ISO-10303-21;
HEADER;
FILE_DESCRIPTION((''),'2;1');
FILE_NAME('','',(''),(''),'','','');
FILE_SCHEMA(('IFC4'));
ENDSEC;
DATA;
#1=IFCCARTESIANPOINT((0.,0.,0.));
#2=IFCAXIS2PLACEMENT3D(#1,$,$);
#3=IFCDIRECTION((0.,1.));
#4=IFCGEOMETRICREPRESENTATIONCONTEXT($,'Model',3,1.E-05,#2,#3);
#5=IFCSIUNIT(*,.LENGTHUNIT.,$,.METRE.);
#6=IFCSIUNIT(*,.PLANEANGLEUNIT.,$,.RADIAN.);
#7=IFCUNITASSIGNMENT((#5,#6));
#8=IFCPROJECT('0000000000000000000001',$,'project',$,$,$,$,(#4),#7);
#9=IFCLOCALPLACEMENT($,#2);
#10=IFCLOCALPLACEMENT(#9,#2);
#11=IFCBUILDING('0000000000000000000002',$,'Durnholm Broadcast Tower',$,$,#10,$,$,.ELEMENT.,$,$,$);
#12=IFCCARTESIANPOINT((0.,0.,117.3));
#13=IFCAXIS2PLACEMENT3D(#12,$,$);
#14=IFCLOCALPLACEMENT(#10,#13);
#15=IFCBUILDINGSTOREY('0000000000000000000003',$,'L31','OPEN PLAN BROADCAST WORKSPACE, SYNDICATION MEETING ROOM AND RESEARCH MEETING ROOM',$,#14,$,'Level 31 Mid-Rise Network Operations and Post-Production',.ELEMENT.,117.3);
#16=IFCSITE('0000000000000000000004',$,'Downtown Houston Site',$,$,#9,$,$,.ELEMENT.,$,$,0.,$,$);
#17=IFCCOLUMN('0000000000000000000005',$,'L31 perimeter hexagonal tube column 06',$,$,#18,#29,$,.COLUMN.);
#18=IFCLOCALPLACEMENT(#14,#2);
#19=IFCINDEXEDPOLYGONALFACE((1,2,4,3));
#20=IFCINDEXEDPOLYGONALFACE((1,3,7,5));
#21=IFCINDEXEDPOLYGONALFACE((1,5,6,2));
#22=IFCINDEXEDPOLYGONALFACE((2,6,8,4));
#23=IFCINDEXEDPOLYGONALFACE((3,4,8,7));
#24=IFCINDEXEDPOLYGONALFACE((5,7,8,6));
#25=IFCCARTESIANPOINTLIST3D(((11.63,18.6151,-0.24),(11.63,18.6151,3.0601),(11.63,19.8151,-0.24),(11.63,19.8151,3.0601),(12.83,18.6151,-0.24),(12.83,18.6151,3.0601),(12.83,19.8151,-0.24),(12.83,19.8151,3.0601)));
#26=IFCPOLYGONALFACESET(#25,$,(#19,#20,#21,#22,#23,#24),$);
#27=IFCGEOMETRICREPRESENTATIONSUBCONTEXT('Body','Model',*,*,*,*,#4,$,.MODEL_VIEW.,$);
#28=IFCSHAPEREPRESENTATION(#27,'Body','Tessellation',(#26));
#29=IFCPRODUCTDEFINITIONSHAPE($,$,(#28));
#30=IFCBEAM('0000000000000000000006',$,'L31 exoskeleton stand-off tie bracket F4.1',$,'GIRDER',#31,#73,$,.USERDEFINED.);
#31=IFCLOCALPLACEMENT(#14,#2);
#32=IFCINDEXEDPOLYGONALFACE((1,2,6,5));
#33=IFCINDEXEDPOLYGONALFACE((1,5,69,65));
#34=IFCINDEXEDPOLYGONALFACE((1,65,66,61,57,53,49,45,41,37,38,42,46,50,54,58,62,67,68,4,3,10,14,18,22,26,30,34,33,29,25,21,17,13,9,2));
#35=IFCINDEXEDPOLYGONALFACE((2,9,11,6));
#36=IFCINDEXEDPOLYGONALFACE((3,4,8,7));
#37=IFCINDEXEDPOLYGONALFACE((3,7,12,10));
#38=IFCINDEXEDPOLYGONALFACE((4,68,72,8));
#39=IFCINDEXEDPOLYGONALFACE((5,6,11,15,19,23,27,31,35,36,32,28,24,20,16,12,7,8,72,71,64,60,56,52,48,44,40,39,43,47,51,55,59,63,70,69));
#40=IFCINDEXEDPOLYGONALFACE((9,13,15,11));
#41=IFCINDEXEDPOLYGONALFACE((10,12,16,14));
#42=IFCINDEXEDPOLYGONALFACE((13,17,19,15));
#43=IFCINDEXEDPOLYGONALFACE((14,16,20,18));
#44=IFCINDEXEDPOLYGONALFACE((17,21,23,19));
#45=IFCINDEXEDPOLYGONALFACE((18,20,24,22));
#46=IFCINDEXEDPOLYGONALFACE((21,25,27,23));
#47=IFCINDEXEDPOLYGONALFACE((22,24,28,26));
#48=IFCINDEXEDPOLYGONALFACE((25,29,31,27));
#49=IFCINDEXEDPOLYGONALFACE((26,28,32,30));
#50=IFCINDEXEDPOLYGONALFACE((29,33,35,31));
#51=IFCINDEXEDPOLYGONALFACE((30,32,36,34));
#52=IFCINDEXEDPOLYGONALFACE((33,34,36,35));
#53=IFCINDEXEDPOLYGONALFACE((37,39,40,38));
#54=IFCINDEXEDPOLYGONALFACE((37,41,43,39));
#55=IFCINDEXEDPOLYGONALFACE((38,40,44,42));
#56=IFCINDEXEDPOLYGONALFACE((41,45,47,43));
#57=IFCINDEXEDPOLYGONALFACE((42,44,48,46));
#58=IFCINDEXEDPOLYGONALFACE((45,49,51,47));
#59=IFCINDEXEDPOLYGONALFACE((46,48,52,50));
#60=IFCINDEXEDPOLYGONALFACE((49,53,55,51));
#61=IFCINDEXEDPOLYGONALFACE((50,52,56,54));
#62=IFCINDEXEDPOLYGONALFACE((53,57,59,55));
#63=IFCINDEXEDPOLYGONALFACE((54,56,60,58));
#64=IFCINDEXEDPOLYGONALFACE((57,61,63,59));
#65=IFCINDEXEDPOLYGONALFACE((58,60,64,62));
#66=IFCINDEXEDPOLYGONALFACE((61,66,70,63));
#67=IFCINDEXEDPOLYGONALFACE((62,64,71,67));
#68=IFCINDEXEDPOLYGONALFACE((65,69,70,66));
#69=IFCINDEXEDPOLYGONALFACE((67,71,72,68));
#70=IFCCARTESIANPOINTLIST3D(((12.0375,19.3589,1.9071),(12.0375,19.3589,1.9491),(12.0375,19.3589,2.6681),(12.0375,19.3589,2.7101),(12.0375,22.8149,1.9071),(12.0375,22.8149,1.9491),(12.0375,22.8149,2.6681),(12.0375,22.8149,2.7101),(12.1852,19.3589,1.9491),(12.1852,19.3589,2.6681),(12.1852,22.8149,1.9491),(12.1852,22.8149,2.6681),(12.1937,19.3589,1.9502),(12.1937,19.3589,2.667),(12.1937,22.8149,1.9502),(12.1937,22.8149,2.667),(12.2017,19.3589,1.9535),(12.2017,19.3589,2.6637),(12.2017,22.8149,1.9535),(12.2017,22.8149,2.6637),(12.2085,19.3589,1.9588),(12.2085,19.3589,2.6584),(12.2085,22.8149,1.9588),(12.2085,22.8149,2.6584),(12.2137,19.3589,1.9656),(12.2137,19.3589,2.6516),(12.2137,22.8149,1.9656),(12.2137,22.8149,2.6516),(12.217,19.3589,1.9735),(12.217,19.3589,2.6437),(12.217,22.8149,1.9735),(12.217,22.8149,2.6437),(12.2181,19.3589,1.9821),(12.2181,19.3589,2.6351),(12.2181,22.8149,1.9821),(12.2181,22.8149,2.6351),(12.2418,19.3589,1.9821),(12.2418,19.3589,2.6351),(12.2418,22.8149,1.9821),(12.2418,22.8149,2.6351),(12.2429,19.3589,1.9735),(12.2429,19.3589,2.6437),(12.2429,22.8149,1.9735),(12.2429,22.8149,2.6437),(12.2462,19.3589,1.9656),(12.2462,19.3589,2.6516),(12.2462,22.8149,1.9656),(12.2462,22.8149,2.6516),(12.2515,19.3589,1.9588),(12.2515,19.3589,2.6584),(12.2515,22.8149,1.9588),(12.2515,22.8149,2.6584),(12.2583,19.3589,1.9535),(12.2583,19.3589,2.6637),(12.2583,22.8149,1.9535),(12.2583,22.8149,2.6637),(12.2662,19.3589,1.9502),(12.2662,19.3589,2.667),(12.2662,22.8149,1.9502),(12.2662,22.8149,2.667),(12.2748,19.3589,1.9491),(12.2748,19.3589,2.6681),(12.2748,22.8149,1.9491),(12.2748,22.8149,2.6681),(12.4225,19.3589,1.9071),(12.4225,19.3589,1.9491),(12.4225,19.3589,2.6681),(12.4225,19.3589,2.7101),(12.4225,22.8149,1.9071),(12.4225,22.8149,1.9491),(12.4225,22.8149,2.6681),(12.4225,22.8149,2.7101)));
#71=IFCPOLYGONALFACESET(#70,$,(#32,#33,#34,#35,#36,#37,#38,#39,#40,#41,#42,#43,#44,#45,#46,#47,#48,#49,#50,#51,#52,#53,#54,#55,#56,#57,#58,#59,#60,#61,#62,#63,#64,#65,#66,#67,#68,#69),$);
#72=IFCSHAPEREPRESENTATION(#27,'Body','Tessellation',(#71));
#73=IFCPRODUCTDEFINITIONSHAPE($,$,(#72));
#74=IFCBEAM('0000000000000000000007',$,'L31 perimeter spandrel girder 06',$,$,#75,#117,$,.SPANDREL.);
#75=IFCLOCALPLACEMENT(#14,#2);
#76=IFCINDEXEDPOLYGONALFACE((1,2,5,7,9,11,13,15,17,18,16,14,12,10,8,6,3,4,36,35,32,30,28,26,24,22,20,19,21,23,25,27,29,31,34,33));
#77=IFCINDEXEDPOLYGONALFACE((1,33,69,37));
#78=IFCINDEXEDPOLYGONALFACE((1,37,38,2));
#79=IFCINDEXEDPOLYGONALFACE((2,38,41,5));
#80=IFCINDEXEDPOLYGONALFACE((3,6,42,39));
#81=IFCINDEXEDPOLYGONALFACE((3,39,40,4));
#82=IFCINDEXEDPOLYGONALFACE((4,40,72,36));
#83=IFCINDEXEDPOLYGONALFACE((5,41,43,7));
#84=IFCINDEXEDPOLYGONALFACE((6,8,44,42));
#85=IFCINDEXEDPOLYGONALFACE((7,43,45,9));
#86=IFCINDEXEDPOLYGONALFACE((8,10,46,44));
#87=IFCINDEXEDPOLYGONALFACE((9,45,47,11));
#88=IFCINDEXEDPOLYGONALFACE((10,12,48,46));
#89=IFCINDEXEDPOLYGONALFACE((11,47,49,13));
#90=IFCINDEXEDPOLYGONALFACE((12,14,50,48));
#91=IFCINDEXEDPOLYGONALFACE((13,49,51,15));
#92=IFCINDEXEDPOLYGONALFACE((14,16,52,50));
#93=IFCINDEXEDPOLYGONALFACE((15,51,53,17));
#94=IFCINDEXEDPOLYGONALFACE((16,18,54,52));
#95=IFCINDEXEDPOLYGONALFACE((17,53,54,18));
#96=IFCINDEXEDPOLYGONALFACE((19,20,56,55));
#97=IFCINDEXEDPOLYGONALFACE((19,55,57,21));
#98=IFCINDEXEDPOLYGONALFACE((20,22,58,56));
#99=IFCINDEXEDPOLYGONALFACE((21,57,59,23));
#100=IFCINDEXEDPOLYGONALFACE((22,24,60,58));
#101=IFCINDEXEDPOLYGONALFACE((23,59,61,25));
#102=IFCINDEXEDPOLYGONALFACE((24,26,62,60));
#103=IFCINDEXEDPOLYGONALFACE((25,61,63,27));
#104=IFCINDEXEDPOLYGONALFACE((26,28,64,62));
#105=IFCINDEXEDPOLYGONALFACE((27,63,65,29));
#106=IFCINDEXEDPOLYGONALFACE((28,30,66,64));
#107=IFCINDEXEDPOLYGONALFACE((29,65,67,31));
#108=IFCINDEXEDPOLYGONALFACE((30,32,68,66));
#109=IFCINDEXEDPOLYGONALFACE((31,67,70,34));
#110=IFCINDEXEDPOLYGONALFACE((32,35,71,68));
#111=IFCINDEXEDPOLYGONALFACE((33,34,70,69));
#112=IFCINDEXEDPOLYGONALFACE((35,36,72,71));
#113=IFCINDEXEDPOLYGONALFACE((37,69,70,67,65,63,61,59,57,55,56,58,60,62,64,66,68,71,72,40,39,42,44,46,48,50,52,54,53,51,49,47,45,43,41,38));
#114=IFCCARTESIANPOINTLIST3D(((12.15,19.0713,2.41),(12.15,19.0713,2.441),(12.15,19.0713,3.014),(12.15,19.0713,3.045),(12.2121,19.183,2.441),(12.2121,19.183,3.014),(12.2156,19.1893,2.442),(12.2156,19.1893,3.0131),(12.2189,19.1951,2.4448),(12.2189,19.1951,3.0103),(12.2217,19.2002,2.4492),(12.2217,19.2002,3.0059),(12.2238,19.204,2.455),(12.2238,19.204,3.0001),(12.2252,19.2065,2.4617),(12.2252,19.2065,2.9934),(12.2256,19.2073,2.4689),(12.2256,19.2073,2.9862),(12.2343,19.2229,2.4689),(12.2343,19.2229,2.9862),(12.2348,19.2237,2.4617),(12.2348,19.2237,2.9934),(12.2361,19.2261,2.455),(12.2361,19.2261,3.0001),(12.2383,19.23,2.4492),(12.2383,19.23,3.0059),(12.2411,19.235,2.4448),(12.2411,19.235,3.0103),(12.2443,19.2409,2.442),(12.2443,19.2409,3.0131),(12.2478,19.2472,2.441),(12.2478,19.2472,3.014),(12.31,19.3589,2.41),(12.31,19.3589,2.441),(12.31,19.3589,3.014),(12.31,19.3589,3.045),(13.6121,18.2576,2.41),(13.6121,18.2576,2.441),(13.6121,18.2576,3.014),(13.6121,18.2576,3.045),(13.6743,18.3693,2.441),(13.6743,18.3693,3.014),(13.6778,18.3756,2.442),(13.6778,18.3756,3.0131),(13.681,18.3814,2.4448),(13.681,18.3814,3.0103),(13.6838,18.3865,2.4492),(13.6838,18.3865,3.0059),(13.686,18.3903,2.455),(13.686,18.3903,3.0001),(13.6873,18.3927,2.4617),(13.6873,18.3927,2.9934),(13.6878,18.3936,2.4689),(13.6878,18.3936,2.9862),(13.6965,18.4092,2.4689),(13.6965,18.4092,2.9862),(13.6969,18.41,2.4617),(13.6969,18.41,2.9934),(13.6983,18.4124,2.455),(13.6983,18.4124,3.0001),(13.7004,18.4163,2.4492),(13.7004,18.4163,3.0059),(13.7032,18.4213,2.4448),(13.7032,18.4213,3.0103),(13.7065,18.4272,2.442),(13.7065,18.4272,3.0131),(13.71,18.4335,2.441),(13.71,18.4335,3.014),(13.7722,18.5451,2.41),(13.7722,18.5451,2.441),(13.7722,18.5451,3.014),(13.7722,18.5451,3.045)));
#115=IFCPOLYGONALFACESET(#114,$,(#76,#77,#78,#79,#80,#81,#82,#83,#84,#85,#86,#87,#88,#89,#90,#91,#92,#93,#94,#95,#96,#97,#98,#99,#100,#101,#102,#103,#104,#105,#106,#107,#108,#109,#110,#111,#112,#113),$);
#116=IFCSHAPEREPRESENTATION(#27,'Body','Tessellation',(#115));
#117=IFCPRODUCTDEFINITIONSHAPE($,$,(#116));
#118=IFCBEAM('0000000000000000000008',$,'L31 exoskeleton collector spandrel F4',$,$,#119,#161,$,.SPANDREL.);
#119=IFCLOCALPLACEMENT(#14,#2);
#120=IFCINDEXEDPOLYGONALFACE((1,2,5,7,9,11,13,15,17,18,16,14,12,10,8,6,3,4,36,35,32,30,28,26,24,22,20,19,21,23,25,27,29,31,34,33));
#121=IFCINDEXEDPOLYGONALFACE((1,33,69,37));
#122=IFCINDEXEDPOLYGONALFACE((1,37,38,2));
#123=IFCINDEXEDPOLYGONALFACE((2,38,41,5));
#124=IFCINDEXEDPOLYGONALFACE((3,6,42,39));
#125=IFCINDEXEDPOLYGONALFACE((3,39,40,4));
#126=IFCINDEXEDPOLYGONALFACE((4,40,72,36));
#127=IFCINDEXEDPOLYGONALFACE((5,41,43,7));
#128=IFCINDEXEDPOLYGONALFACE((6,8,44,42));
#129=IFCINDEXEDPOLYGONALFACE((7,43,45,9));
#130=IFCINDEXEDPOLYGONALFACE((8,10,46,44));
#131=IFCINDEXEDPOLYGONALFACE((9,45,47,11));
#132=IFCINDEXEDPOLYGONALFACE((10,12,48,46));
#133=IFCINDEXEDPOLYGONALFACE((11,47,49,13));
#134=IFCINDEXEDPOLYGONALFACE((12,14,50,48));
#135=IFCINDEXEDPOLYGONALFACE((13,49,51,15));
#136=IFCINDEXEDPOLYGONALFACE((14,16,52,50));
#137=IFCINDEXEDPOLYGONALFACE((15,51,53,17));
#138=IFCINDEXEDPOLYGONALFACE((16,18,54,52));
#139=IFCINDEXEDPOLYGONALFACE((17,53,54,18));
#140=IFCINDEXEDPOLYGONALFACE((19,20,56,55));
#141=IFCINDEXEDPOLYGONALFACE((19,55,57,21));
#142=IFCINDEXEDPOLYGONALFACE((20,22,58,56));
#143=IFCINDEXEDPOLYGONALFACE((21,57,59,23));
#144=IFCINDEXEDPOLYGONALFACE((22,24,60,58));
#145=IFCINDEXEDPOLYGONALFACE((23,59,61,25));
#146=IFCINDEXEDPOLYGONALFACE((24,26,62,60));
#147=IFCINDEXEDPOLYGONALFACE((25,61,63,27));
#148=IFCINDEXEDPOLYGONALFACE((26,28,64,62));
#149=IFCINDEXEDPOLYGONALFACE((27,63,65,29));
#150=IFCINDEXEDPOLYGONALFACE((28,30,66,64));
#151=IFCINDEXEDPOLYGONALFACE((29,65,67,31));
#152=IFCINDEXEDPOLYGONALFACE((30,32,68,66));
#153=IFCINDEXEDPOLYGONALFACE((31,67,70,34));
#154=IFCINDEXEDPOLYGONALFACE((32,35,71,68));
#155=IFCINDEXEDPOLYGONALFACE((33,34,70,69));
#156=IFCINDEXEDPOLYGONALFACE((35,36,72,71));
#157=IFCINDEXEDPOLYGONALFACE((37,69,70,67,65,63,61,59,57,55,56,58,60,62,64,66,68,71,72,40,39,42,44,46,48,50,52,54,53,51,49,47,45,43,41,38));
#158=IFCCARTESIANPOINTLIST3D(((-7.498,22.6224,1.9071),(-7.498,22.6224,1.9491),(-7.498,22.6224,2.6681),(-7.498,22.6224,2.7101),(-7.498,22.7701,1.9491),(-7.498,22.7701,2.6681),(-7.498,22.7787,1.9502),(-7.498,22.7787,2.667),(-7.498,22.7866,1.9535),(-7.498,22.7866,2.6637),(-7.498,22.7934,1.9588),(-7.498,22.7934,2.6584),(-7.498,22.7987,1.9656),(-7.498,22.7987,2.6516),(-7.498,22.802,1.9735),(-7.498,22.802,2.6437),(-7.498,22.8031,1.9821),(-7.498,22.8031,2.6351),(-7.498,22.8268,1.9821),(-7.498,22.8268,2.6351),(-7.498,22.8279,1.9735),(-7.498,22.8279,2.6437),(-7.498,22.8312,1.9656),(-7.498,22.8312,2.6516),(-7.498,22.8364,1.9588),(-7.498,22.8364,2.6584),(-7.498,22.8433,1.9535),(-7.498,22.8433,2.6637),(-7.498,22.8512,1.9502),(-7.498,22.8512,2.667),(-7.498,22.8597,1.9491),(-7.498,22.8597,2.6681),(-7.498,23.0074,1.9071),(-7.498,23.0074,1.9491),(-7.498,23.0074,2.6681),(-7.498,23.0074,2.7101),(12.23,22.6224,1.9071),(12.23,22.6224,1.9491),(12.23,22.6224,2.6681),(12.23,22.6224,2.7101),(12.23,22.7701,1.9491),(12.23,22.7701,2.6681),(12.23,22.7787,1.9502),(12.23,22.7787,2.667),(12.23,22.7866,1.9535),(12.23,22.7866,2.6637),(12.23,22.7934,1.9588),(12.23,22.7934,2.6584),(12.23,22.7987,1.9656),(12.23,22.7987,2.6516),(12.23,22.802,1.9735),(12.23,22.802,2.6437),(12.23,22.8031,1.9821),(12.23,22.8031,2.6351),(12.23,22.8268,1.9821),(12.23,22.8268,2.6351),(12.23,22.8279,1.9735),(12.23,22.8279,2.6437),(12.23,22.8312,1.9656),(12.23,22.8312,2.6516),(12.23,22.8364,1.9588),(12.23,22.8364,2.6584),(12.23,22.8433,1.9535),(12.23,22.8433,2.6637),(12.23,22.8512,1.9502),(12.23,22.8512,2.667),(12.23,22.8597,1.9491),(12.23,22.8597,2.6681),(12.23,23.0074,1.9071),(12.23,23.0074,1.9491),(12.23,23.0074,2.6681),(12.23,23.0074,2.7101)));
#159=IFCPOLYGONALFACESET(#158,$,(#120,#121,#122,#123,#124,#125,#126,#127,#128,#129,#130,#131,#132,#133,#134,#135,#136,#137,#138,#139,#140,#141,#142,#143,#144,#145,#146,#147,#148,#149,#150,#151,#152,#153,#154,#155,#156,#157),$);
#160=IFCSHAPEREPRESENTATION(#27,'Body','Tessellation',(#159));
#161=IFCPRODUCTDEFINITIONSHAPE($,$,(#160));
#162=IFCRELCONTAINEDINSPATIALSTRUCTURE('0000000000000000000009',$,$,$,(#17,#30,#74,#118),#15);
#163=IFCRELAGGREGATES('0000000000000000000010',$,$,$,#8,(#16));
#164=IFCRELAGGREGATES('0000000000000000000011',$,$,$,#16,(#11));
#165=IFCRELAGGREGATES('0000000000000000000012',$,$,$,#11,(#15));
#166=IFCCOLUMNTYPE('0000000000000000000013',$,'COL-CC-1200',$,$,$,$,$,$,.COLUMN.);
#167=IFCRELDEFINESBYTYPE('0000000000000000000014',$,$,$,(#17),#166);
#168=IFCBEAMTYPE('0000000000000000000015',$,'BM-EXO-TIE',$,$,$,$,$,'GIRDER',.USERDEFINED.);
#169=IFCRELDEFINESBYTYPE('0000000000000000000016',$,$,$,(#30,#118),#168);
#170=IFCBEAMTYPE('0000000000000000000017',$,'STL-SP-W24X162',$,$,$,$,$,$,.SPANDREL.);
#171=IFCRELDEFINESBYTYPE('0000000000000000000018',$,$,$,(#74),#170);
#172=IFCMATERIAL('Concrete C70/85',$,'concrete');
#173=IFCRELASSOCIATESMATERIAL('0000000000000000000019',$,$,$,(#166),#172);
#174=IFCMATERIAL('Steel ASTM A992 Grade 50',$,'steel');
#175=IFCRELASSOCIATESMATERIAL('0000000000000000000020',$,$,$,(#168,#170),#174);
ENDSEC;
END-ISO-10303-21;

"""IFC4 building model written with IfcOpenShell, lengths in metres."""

from ifc_helpers import new_model, si_unit, direction, frame, origin, origin_2d, place, context, subcontext, project, spatial, rectangle, i_section, extrude, source, transform, mapped, material, material_profile, profile_set, type_object, type_shapes, element, save


model = new_model("IFC4")

# Units and contexts
model_context = context("Model", 3, precision=1e-05, world=origin(), true_north=direction((0.0, 1.0)))
body_context = subcontext(model_context, "Body", "Model", "MODEL_VIEW")
ifc_project = project(units=[si_unit("LENGTHUNIT", "METRE"), si_unit("PLANEANGLEUNIT", "RADIAN")], contexts=[model_context])

# Site, building, storey
site_placement = place(None, origin())
site = spatial("IfcSite", under=ifc_project, at=site_placement, Name="Downtown Houston Site", CompositionType="ELEMENT", RefElevation=0.0)
building_placement = place(site_placement, origin())
building = spatial("IfcBuilding", under=site, at=building_placement, Name="Durnholm Broadcast Tower", CompositionType="ELEMENT")
storey_placement = place(building_placement, frame((0.0, 0.0, 117.3)))
storey = spatial("IfcBuildingStorey", under=building, at=storey_placement, Name="L31", Description="OPEN PLAN BROADCAST WORKSPACE, SYNDICATION MEETING ROOM AND RESEARCH MEETING ROOM", LongName="Level 31 Mid-Rise Network Operations and Post-Production", CompositionType="ELEMENT", Elevation=117.3)

# Column
ifc_material_1 = material(Name="Concrete C70/85", Category="concrete")
ifc_material_profile_1 = material_profile(ifc_material_1, rectangle(XDim=1.2, YDim=1.2, at=origin_2d()), Name="RC1200X1200")
ifc_profile_set_1 = profile_set([ifc_material_profile_1], Name="Concrete C70/85")
column_type = type_object("IfcColumnType", Name="COL-CC-1200", PredefinedType="COLUMN", material=ifc_profile_set_1)
shared_shape_1 = source(origin(), body_context, "Body", "SweptSolid", [
    extrude(rectangle(XDim=1.2, YDim=1.2, at=origin_2d()), origin(), (0.0, 0.0, 1.0), 3.3),
])
type_shapes(column_type, [shared_shape_1])
column_placement = place(storey_placement, frame((12.23, 19.2151, -0.24), z_axis=(0.0, 0.0, 1.0), x_axis=(1.0, 0.0, 0.0)))
element("IfcColumn", 1, at=column_placement, inside=storey, type_object=column_type, Name="L31 perimeter hexagonal tube column 06", PredefinedType="COLUMN", context=body_context, shape_type="MappedRepresentation", body=[
    mapped(shared_shape_1, transform((0.0, 0.0, 0.0), x_axis=(1.0, 0.0, 0.0), y_axis=(0.0, 1.0, 0.0), z_axis=(0.0, 0.0, 1.0), scale=1.0)),
])

# Beams
ifc_material_2 = material(Name="Steel ASTM A992 Grade 50", Category="steel")
ifc_material_profile_2 = material_profile(ifc_material_2, i_section(OverallWidth=0.385, OverallDepth=0.803, WebThickness=0.0237, FlangeThickness=0.042, FilletRadius=0.033, at=origin_2d()), Name="W30X261")
ifc_profile_set_2 = profile_set([ifc_material_profile_2], Name="Steel ASTM A992 Grade 50")
beam_type_1 = type_object("IfcBeamType", Name="BM-EXO-TIE", ElementType="GIRDER", PredefinedType="USERDEFINED", material=ifc_profile_set_2)
shared_shape_2 = source(origin(), body_context, "Body", "SweptSolid", [
    extrude(i_section(OverallWidth=0.385, OverallDepth=0.803, WebThickness=0.0237, FlangeThickness=0.042, FilletRadius=0.033, at=origin_2d()), origin(), (0.0, 0.0, 1.0), 3.4561),
])
beam_1_placement = place(storey_placement, frame((12.23, 19.3589, 2.3086), z_axis=(0.0, 1.0, 0.0), x_axis=(-1.0, 0.0, 0.0)))
element("IfcBeam", 2, at=beam_1_placement, inside=storey, type_object=beam_type_1, Name="L31 exoskeleton stand-off tie bracket F4.1", ObjectType="GIRDER", PredefinedType="USERDEFINED", context=body_context, shape_type="MappedRepresentation", body=[
    mapped(shared_shape_2, transform((0.0, 0.0, 0.0), x_axis=(1.0, 0.0, 0.0), y_axis=(0.0, 1.0, 0.0), z_axis=(0.0, 0.0, 1.0), scale=1.0)),
])
ifc_material_profile_3 = material_profile(ifc_material_2, i_section(OverallWidth=0.3291, OverallDepth=0.635, WebThickness=0.0178, FlangeThickness=0.031, FilletRadius=0.0278, at=origin_2d()), Name="W24X162")
ifc_profile_set_3 = profile_set([ifc_material_profile_3], Name="Steel ASTM A992 Grade 50")
beam_type_2 = type_object("IfcBeamType", Name="STL-SP-W24X162", PredefinedType="SPANDREL", material=ifc_profile_set_3)
shared_shape_3 = source(origin(), body_context, "Body", "SweptSolid", [
    extrude(i_section(OverallWidth=0.3291, OverallDepth=0.635, WebThickness=0.0178, FlangeThickness=0.031, FilletRadius=0.0278, at=origin_2d()), origin(), (0.0, 0.0, 1.0), 1.6733),
])
type_shapes(beam_type_2, [shared_shape_3])
beam_2_placement = place(storey_placement, frame((12.23, 19.2151, 2.7275), z_axis=(0.873799, -0.486287, 0.0), x_axis=(0.486287, 0.873799, 0.0)))
element("IfcBeam", 3, at=beam_2_placement, inside=storey, type_object=beam_type_2, Name="L31 perimeter spandrel girder 06", PredefinedType="SPANDREL", context=body_context, shape_type="MappedRepresentation", body=[
    mapped(shared_shape_3, transform((0.0, 0.0, 0.0), x_axis=(1.0, 0.0, 0.0), y_axis=(0.0, 1.0, 0.0), z_axis=(0.0, 0.0, 1.0), scale=1.0)),
])
shared_shape_4 = source(origin(), body_context, "Body", "SweptSolid", [
    extrude(i_section(OverallWidth=0.385, OverallDepth=0.803, WebThickness=0.0237, FlangeThickness=0.042, FilletRadius=0.033, at=origin_2d()), origin(), (0.0, 0.0, 1.0), 19.728),
])
type_shapes(beam_type_1, [shared_shape_2, shared_shape_4])
beam_3_placement = place(storey_placement, frame((12.23, 22.8149, 2.3086), z_axis=(-1.0, 0.0, 0.0), x_axis=(0.0, -1.0, 0.0)))
element("IfcBeam", 4, at=beam_3_placement, inside=storey, type_object=beam_type_1, Name="L31 exoskeleton collector spandrel F4", PredefinedType="SPANDREL", context=body_context, shape_type="MappedRepresentation", body=[
    mapped(shared_shape_4, transform((0.0, 0.0, 0.0), x_axis=(1.0, 0.0, 0.0), y_axis=(0.0, 1.0, 0.0), z_axis=(0.0, 0.0, 1.0), scale=1.0)),
])

save(model, "model.ifc")
